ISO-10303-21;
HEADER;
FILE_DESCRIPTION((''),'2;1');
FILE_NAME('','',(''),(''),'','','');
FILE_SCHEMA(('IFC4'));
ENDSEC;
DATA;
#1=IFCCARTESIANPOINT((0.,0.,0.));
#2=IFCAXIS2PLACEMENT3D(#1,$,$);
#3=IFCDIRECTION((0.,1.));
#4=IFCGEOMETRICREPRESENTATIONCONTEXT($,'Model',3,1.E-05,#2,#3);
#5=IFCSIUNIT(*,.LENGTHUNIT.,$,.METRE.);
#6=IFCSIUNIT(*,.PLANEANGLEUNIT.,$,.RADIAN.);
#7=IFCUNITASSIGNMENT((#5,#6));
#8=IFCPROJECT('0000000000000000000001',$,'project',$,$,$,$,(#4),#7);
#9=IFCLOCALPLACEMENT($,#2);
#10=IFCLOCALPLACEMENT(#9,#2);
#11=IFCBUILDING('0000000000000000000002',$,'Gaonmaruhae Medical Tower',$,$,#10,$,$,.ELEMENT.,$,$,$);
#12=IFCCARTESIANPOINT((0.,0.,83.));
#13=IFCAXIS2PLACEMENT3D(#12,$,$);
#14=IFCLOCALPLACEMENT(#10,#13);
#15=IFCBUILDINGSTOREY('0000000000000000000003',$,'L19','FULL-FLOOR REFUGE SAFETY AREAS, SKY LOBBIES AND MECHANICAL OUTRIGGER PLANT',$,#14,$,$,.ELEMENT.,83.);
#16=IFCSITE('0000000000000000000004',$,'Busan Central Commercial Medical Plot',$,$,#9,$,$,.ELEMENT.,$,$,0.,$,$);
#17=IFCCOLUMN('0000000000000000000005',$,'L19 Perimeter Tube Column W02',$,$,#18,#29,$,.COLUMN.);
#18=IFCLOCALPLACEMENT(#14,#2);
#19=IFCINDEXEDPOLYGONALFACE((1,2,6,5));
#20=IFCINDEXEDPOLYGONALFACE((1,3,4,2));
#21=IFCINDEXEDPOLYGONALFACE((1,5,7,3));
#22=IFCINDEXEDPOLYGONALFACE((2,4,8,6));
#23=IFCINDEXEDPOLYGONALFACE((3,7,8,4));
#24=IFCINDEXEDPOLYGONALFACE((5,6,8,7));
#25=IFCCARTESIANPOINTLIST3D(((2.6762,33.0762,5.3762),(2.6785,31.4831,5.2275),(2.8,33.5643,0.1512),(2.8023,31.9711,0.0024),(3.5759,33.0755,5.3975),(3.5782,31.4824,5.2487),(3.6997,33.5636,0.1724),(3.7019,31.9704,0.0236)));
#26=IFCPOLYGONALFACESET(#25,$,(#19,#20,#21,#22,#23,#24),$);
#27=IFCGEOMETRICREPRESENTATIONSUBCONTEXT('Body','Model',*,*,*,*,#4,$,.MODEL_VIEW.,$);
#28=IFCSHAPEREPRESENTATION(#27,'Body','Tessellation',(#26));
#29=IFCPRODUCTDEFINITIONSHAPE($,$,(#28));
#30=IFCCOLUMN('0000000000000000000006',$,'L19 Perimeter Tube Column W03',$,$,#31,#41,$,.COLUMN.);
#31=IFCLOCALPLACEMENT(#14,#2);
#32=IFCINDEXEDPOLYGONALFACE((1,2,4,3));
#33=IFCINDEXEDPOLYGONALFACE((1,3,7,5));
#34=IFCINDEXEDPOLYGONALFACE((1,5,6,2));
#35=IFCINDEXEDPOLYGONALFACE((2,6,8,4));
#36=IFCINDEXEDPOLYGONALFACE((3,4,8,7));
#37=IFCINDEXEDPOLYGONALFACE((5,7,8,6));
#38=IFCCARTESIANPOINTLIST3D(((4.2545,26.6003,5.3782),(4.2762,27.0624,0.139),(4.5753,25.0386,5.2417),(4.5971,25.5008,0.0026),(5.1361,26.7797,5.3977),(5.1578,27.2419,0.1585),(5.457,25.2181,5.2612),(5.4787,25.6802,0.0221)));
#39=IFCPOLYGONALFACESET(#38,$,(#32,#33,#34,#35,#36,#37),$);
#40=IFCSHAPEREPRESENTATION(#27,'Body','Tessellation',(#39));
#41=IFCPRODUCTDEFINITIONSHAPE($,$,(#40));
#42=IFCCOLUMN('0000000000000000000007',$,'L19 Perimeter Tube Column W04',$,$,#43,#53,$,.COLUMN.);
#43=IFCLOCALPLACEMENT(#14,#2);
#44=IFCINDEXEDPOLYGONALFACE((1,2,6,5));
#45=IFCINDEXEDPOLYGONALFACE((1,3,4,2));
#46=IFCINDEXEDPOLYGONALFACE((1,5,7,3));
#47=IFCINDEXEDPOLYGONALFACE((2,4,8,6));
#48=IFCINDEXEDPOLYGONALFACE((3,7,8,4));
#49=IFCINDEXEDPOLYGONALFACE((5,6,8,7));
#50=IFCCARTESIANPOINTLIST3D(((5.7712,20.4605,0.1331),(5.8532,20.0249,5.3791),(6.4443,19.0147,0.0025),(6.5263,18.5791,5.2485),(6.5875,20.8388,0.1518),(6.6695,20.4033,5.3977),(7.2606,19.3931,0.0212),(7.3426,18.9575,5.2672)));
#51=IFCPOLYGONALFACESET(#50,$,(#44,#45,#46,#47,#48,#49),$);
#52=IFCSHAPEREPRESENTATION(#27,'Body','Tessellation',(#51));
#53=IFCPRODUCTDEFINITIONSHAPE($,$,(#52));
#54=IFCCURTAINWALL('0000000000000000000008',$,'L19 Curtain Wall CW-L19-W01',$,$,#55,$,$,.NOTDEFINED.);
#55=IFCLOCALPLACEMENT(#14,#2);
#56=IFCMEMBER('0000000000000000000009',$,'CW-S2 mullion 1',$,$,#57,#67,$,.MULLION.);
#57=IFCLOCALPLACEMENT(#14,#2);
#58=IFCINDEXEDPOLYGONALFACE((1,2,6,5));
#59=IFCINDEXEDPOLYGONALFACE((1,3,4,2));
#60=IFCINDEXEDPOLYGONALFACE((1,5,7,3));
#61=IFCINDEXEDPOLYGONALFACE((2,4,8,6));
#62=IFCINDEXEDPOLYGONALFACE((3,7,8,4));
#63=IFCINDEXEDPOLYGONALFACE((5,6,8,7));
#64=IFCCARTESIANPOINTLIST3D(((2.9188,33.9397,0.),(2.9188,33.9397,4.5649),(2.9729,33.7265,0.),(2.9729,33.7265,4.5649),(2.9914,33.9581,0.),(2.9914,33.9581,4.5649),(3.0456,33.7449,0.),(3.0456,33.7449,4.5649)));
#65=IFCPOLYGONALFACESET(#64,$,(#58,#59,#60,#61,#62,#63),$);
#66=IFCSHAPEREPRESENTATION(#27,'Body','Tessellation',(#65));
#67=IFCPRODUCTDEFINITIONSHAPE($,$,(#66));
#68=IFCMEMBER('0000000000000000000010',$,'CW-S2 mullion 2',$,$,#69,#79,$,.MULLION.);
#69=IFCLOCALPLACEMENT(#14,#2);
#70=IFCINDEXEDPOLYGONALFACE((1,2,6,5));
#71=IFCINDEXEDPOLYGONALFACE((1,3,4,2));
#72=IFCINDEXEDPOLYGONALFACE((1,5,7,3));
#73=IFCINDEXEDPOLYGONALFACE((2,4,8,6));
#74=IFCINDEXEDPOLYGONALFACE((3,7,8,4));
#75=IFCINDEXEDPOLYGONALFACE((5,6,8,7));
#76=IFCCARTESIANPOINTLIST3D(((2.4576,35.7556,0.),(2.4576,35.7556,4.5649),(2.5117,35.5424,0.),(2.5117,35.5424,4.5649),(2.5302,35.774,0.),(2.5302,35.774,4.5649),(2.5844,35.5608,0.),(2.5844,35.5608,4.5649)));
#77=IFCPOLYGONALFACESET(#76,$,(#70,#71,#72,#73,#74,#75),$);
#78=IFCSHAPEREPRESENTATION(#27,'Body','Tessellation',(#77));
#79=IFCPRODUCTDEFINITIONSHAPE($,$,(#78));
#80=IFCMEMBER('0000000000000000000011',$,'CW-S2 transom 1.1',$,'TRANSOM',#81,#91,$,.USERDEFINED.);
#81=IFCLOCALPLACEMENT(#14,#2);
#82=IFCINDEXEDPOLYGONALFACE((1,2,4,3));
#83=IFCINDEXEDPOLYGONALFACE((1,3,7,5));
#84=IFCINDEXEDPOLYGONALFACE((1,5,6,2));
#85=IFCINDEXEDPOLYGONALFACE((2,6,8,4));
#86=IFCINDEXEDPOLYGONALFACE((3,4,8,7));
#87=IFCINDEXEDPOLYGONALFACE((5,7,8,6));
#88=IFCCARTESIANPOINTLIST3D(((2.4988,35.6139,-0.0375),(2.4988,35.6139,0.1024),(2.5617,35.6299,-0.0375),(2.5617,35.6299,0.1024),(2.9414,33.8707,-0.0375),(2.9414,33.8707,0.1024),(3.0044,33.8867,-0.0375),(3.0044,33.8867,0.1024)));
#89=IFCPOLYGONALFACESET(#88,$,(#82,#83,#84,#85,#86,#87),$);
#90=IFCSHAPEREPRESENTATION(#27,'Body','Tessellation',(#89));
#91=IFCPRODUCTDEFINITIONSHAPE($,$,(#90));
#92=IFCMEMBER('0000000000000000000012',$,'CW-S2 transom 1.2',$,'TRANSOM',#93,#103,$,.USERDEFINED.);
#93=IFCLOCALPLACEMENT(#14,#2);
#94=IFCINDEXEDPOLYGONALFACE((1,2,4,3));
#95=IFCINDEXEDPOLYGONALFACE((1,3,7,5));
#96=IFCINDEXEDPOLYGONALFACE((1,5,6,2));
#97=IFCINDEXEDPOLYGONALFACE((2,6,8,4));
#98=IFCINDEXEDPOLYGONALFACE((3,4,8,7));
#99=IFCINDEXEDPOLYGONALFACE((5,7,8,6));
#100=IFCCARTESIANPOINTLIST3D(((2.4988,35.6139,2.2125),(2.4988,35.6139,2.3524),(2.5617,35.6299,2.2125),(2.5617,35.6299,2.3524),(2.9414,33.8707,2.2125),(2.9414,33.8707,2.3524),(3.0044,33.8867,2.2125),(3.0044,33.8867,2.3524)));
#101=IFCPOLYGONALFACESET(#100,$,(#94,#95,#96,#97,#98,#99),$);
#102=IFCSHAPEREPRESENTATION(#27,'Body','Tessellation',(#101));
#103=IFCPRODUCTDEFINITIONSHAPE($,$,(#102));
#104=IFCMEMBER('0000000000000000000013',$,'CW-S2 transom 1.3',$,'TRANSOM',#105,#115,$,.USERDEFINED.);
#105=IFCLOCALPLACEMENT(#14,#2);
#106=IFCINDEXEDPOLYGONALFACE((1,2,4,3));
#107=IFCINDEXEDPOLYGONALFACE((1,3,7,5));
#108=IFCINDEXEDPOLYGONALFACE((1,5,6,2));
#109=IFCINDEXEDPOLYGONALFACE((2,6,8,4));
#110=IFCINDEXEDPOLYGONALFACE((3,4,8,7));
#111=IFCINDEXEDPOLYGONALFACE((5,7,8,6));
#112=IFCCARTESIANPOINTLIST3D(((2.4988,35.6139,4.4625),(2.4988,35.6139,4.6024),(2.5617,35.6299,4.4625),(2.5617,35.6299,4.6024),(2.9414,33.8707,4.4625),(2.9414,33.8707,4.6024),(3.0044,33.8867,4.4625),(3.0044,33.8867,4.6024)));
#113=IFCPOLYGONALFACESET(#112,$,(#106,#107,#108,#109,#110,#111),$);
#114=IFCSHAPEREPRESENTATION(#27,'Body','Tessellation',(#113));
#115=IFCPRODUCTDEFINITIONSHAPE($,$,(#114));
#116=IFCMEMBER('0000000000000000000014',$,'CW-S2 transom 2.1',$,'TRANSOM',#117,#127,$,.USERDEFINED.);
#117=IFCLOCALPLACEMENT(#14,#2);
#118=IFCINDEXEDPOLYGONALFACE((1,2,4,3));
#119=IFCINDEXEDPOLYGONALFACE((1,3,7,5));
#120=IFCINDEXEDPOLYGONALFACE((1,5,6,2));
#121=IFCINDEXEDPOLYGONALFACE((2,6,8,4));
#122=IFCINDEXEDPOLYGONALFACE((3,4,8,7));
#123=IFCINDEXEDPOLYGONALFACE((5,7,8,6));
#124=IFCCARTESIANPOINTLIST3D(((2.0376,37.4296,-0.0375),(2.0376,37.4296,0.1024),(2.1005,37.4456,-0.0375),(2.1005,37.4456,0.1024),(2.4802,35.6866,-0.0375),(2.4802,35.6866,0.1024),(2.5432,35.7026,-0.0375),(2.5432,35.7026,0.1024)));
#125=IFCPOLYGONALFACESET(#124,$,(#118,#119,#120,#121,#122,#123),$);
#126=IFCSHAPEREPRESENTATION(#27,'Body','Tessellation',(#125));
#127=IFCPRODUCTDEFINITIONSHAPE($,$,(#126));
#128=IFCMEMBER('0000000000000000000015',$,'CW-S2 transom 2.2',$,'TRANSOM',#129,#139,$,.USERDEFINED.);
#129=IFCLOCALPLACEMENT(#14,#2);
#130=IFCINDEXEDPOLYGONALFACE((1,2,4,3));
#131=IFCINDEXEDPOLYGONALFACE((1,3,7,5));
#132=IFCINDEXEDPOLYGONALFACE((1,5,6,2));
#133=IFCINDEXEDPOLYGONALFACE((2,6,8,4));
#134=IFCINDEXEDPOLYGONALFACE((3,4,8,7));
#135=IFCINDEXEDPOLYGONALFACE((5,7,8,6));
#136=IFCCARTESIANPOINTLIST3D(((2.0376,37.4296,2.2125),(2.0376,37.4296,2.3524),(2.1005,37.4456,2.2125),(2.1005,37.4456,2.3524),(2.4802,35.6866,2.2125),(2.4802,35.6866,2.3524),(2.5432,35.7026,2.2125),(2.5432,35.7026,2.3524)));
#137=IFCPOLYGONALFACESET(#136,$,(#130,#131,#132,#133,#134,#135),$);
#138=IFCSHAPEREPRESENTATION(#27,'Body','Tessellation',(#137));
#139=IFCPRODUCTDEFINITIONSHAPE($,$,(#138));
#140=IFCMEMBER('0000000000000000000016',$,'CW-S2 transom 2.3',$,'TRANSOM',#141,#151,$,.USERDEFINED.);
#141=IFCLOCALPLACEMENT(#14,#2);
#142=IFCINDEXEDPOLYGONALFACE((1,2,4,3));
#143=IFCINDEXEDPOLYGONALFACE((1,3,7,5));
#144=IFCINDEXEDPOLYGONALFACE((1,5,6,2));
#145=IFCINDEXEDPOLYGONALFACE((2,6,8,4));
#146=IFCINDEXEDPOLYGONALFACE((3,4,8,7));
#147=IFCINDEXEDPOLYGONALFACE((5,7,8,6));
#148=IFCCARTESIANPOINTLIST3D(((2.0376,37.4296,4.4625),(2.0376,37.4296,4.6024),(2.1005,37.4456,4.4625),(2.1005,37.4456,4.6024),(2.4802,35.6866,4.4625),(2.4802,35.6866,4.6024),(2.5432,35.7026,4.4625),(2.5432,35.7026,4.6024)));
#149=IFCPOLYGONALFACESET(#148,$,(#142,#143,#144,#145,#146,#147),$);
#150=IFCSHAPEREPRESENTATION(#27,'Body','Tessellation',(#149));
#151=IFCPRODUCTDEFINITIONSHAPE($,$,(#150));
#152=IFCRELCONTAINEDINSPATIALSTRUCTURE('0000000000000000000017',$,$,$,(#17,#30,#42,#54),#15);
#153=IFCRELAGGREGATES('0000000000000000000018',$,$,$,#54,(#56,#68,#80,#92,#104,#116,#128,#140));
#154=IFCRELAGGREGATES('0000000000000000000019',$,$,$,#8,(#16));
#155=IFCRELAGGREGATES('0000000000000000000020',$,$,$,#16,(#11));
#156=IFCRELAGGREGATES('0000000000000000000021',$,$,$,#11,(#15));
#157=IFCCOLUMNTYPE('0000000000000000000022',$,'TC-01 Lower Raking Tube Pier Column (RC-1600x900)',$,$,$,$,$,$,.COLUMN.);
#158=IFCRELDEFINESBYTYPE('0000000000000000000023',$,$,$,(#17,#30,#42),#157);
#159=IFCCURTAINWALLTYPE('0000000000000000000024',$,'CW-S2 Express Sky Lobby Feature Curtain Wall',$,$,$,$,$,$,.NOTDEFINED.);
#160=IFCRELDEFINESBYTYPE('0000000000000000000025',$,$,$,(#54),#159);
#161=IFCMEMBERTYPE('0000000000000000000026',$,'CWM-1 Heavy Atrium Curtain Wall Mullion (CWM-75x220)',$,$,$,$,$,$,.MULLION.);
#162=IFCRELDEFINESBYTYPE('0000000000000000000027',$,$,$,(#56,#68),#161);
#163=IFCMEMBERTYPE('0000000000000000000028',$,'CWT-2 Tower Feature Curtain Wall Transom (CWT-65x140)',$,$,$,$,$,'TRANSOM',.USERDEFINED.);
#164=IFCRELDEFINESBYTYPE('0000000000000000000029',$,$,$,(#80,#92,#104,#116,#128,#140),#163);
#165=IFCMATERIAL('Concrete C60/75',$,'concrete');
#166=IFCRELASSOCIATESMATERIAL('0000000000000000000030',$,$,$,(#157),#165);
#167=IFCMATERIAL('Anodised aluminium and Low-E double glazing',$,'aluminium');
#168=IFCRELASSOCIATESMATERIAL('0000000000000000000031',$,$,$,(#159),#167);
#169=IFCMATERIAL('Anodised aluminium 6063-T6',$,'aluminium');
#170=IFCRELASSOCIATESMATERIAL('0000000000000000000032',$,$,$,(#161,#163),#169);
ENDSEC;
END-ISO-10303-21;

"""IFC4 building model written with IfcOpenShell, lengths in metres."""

from ifc_helpers import new_model, si_unit, direction, frame, origin, origin_2d, place, context, subcontext, project, spatial, rectangle, extrude, material, material_profile, profile_set, type_object, element, aggregate, save


model = new_model("IFC4")

# Units and contexts
model_context = context("Model", 3, precision=1e-05, world=origin(), true_north=direction((0.0, 1.0)))
body_context = subcontext(model_context, "Body", "Model", "MODEL_VIEW")
ifc_project = project(units=[si_unit("LENGTHUNIT", "METRE"), si_unit("PLANEANGLEUNIT", "RADIAN")], contexts=[model_context])

# Site, building, storey
site_placement = place(None, origin())
site = spatial("IfcSite", under=ifc_project, at=site_placement, Name="Busan Central Commercial Medical Plot", CompositionType="ELEMENT", RefElevation=0.0)
building_placement = place(site_placement, origin())
building = spatial("IfcBuilding", under=site, at=building_placement, Name="Gaonmaruhae Medical Tower", CompositionType="ELEMENT")
storey_placement = place(building_placement, frame((0.0, 0.0, 83.0)))
storey = spatial("IfcBuildingStorey", under=building, at=storey_placement, Name="L19", Description="FULL-FLOOR REFUGE SAFETY AREAS, SKY LOBBIES AND MECHANICAL OUTRIGGER PLANT", CompositionType="ELEMENT", Elevation=83.0)

# Columns
ifc_material_1 = material(Name="Concrete C60/75", Category="concrete")
ifc_material_profile_1 = material_profile(ifc_material_1, rectangle(XDim=1.6001, YDim=0.8999, at=origin_2d()), Name="RC-1600x900")
ifc_profile_set_1 = profile_set([ifc_material_profile_1], Name="Concrete C60/75")
column_type = type_object("IfcColumnType", Name="TC-01 Lower Raking Tube Pier Column (RC-1600x900)", PredefinedType="COLUMN", material=ifc_profile_set_1)
column_1_placement = place(storey_placement, frame((3.251, 32.7673, 0.0874), z_axis=(-0.02358, -0.092972, 0.995389), x_axis=(-0.001419, 0.995668, 0.092964)))
element("IfcColumn", 1, at=column_1_placement, inside=storey, type_object=column_type, Name="L19 Perimeter Tube Column W02", PredefinedType="COLUMN", context=body_context, shape_type="SweptSolid", body=[
    extrude(rectangle(XDim=1.6001, YDim=0.8999, at=origin_2d()), origin(), (0.0, 0.0, 1.0), 5.2493),
])
column_2_placement = place(storey_placement, frame((4.8774, 26.3713, 0.0806), z_axis=(-0.004131, -0.087873, 0.996123), x_axis=(-0.20054, 0.975968, 0.085263)))
element("IfcColumn", 2, at=column_2_placement, inside=storey, type_object=column_type, Name="L19 Perimeter Tube Column W03", PredefinedType="COLUMN", context=body_context, shape_type="SweptSolid", body=[
    extrude(rectangle(XDim=1.6001, YDim=0.8999, at=origin_2d()), origin(), (0.0, 0.0, 1.0), 5.2595),
])
column_3_placement = place(storey_placement, frame((6.5159, 19.9268, 0.0771), z_axis=(0.015582, -0.082732, 0.99645), x_axis=(-0.420655, 0.903544, 0.081596)))
element("IfcColumn", 3, at=column_3_placement, inside=storey, type_object=column_type, Name="L19 Perimeter Tube Column W04", PredefinedType="COLUMN", context=body_context, shape_type="SweptSolid", body=[
    extrude(rectangle(XDim=1.6001, YDim=0.8999, at=origin_2d()), origin(), (0.0, 0.0, 1.0), 5.2646),
])

# Curtain wall, members
ifc_material_2 = material(Name="Anodised aluminium and Low-E double glazing", Category="aluminium")
curtain_wall_type = type_object("IfcCurtainWallType", Name="CW-S2 Express Sky Lobby Feature Curtain Wall", PredefinedType="NOTDEFINED", material=ifc_material_2)
curtain_wall_placement = place(storey_placement, origin())
curtain_wall = element("IfcCurtainWall", 4, at=curtain_wall_placement, inside=storey, type_object=curtain_wall_type, Name="L19 Curtain Wall CW-L19-W01", PredefinedType="NOTDEFINED")
ifc_material_3 = material(Name="Anodised aluminium 6063-T6", Category="aluminium")
ifc_material_profile_2 = material_profile(ifc_material_3, rectangle(XDim=0.075, YDim=0.22, at=origin_2d()), Name="CWM-75x220")
ifc_profile_set_2 = profile_set([ifc_material_profile_2], Name="Anodised aluminium 6063-T6")
member_type_1 = type_object("IfcMemberType", Name="CWM-1 Heavy Atrium Curtain Wall Mullion (CWM-75x220)", PredefinedType="MULLION", material=ifc_profile_set_2)
member_1_placement = place(storey_placement, frame((2.9822, 33.8423, 0.0), z_axis=(0.0, 0.0, 1.0), x_axis=(-0.969235, -0.246136, 0.0)))
member_1 = element("IfcMember", 5, at=member_1_placement, type_object=member_type_1, Name="CW-S2 mullion 1", PredefinedType="MULLION", context=body_context, shape_type="SweptSolid", body=[
    extrude(rectangle(XDim=0.075, YDim=0.22, at=origin_2d()), origin(), (0.0, 0.0, 1.0), 4.5649),
])
member_2_placement = place(storey_placement, frame((2.521, 35.6582, 0.0), z_axis=(0.0, 0.0, 1.0), x_axis=(-0.969235, -0.246136, 0.0)))
member_2 = element("IfcMember", 6, at=member_2_placement, type_object=member_type_1, Name="CW-S2 mullion 2", PredefinedType="MULLION", context=body_context, shape_type="SweptSolid", body=[
    extrude(rectangle(XDim=0.075, YDim=0.22, at=origin_2d()), origin(), (0.0, 0.0, 1.0), 4.5649),
])
ifc_material_profile_3 = material_profile(ifc_material_3, rectangle(XDim=0.0649, YDim=0.1399, at=origin_2d()), Name="CWT-65x140")
ifc_profile_set_3 = profile_set([ifc_material_profile_3], Name="Anodised aluminium 6063-T6")
member_type_2 = type_object("IfcMemberType", Name="CWT-2 Tower Feature Curtain Wall Transom (CWT-65x140)", ElementType="TRANSOM", PredefinedType="USERDEFINED", material=ifc_profile_set_3)
member_3_placement = place(storey_placement, frame((2.9729, 33.8787, 0.0325), z_axis=(-0.246111, 0.969242, 0.0), x_axis=(-0.969242, -0.246111, 0.0)))
member_3 = element("IfcMember", 7, at=member_3_placement, type_object=member_type_2, Name="CW-S2 transom 1.1", ObjectType="TRANSOM", PredefinedType="USERDEFINED", context=body_context, shape_type="SweptSolid", body=[
    extrude(rectangle(XDim=0.0649, YDim=0.1399, at=origin_2d()), origin(), (0.0, 0.0, 1.0), 1.7986),
])
member_4_placement = place(storey_placement, frame((2.9729, 33.8787, 2.2825), z_axis=(-0.246111, 0.969242, 0.0), x_axis=(-0.969242, -0.246111, 0.0)))
member_4 = element("IfcMember", 8, at=member_4_placement, type_object=member_type_2, Name="CW-S2 transom 1.2", ObjectType="TRANSOM", PredefinedType="USERDEFINED", context=body_context, shape_type="SweptSolid", body=[
    extrude(rectangle(XDim=0.0649, YDim=0.1399, at=origin_2d()), origin(), (0.0, 0.0, 1.0), 1.7986),
])
member_5_placement = place(storey_placement, frame((2.9729, 33.8787, 4.5325), z_axis=(-0.246111, 0.969242, 0.0), x_axis=(-0.969242, -0.246111, 0.0)))
member_5 = element("IfcMember", 9, at=member_5_placement, type_object=member_type_2, Name="CW-S2 transom 1.3", ObjectType="TRANSOM", PredefinedType="USERDEFINED", context=body_context, shape_type="SweptSolid", body=[
    extrude(rectangle(XDim=0.0649, YDim=0.1399, at=origin_2d()), origin(), (0.0, 0.0, 1.0), 1.7986),
])
member_6_placement = place(storey_placement, frame((2.5117, 35.6946, 0.0325), z_axis=(-0.246144, 0.969233, 0.0), x_axis=(-0.969233, -0.246144, 0.0)))
member_6 = element("IfcMember", 10, at=member_6_placement, type_object=member_type_2, Name="CW-S2 transom 2.1", ObjectType="TRANSOM", PredefinedType="USERDEFINED", context=body_context, shape_type="SweptSolid", body=[
    extrude(rectangle(XDim=0.0649, YDim=0.1399, at=origin_2d()), origin(), (0.0, 0.0, 1.0), 1.7983),
])
member_7_placement = place(storey_placement, frame((2.5117, 35.6946, 2.2825), z_axis=(-0.246144, 0.969233, 0.0), x_axis=(-0.969233, -0.246144, 0.0)))
member_7 = element("IfcMember", 11, at=member_7_placement, type_object=member_type_2, Name="CW-S2 transom 2.2", ObjectType="TRANSOM", PredefinedType="USERDEFINED", context=body_context, shape_type="SweptSolid", body=[
    extrude(rectangle(XDim=0.0649, YDim=0.1399, at=origin_2d()), origin(), (0.0, 0.0, 1.0), 1.7983),
])
member_8_placement = place(storey_placement, frame((2.5117, 35.6946, 4.5325), z_axis=(-0.246144, 0.969233, 0.0), x_axis=(-0.969233, -0.246144, 0.0)))
member_8 = element("IfcMember", 12, at=member_8_placement, type_object=member_type_2, Name="CW-S2 transom 2.3", ObjectType="TRANSOM", PredefinedType="USERDEFINED", context=body_context, shape_type="SweptSolid", body=[
    extrude(rectangle(XDim=0.0649, YDim=0.1399, at=origin_2d()), origin(), (0.0, 0.0, 1.0), 1.7983),
])

aggregate(curtain_wall, [member_1, member_2, member_3, member_4, member_5, member_6, member_7, member_8])

save(model, "model.ifc")
